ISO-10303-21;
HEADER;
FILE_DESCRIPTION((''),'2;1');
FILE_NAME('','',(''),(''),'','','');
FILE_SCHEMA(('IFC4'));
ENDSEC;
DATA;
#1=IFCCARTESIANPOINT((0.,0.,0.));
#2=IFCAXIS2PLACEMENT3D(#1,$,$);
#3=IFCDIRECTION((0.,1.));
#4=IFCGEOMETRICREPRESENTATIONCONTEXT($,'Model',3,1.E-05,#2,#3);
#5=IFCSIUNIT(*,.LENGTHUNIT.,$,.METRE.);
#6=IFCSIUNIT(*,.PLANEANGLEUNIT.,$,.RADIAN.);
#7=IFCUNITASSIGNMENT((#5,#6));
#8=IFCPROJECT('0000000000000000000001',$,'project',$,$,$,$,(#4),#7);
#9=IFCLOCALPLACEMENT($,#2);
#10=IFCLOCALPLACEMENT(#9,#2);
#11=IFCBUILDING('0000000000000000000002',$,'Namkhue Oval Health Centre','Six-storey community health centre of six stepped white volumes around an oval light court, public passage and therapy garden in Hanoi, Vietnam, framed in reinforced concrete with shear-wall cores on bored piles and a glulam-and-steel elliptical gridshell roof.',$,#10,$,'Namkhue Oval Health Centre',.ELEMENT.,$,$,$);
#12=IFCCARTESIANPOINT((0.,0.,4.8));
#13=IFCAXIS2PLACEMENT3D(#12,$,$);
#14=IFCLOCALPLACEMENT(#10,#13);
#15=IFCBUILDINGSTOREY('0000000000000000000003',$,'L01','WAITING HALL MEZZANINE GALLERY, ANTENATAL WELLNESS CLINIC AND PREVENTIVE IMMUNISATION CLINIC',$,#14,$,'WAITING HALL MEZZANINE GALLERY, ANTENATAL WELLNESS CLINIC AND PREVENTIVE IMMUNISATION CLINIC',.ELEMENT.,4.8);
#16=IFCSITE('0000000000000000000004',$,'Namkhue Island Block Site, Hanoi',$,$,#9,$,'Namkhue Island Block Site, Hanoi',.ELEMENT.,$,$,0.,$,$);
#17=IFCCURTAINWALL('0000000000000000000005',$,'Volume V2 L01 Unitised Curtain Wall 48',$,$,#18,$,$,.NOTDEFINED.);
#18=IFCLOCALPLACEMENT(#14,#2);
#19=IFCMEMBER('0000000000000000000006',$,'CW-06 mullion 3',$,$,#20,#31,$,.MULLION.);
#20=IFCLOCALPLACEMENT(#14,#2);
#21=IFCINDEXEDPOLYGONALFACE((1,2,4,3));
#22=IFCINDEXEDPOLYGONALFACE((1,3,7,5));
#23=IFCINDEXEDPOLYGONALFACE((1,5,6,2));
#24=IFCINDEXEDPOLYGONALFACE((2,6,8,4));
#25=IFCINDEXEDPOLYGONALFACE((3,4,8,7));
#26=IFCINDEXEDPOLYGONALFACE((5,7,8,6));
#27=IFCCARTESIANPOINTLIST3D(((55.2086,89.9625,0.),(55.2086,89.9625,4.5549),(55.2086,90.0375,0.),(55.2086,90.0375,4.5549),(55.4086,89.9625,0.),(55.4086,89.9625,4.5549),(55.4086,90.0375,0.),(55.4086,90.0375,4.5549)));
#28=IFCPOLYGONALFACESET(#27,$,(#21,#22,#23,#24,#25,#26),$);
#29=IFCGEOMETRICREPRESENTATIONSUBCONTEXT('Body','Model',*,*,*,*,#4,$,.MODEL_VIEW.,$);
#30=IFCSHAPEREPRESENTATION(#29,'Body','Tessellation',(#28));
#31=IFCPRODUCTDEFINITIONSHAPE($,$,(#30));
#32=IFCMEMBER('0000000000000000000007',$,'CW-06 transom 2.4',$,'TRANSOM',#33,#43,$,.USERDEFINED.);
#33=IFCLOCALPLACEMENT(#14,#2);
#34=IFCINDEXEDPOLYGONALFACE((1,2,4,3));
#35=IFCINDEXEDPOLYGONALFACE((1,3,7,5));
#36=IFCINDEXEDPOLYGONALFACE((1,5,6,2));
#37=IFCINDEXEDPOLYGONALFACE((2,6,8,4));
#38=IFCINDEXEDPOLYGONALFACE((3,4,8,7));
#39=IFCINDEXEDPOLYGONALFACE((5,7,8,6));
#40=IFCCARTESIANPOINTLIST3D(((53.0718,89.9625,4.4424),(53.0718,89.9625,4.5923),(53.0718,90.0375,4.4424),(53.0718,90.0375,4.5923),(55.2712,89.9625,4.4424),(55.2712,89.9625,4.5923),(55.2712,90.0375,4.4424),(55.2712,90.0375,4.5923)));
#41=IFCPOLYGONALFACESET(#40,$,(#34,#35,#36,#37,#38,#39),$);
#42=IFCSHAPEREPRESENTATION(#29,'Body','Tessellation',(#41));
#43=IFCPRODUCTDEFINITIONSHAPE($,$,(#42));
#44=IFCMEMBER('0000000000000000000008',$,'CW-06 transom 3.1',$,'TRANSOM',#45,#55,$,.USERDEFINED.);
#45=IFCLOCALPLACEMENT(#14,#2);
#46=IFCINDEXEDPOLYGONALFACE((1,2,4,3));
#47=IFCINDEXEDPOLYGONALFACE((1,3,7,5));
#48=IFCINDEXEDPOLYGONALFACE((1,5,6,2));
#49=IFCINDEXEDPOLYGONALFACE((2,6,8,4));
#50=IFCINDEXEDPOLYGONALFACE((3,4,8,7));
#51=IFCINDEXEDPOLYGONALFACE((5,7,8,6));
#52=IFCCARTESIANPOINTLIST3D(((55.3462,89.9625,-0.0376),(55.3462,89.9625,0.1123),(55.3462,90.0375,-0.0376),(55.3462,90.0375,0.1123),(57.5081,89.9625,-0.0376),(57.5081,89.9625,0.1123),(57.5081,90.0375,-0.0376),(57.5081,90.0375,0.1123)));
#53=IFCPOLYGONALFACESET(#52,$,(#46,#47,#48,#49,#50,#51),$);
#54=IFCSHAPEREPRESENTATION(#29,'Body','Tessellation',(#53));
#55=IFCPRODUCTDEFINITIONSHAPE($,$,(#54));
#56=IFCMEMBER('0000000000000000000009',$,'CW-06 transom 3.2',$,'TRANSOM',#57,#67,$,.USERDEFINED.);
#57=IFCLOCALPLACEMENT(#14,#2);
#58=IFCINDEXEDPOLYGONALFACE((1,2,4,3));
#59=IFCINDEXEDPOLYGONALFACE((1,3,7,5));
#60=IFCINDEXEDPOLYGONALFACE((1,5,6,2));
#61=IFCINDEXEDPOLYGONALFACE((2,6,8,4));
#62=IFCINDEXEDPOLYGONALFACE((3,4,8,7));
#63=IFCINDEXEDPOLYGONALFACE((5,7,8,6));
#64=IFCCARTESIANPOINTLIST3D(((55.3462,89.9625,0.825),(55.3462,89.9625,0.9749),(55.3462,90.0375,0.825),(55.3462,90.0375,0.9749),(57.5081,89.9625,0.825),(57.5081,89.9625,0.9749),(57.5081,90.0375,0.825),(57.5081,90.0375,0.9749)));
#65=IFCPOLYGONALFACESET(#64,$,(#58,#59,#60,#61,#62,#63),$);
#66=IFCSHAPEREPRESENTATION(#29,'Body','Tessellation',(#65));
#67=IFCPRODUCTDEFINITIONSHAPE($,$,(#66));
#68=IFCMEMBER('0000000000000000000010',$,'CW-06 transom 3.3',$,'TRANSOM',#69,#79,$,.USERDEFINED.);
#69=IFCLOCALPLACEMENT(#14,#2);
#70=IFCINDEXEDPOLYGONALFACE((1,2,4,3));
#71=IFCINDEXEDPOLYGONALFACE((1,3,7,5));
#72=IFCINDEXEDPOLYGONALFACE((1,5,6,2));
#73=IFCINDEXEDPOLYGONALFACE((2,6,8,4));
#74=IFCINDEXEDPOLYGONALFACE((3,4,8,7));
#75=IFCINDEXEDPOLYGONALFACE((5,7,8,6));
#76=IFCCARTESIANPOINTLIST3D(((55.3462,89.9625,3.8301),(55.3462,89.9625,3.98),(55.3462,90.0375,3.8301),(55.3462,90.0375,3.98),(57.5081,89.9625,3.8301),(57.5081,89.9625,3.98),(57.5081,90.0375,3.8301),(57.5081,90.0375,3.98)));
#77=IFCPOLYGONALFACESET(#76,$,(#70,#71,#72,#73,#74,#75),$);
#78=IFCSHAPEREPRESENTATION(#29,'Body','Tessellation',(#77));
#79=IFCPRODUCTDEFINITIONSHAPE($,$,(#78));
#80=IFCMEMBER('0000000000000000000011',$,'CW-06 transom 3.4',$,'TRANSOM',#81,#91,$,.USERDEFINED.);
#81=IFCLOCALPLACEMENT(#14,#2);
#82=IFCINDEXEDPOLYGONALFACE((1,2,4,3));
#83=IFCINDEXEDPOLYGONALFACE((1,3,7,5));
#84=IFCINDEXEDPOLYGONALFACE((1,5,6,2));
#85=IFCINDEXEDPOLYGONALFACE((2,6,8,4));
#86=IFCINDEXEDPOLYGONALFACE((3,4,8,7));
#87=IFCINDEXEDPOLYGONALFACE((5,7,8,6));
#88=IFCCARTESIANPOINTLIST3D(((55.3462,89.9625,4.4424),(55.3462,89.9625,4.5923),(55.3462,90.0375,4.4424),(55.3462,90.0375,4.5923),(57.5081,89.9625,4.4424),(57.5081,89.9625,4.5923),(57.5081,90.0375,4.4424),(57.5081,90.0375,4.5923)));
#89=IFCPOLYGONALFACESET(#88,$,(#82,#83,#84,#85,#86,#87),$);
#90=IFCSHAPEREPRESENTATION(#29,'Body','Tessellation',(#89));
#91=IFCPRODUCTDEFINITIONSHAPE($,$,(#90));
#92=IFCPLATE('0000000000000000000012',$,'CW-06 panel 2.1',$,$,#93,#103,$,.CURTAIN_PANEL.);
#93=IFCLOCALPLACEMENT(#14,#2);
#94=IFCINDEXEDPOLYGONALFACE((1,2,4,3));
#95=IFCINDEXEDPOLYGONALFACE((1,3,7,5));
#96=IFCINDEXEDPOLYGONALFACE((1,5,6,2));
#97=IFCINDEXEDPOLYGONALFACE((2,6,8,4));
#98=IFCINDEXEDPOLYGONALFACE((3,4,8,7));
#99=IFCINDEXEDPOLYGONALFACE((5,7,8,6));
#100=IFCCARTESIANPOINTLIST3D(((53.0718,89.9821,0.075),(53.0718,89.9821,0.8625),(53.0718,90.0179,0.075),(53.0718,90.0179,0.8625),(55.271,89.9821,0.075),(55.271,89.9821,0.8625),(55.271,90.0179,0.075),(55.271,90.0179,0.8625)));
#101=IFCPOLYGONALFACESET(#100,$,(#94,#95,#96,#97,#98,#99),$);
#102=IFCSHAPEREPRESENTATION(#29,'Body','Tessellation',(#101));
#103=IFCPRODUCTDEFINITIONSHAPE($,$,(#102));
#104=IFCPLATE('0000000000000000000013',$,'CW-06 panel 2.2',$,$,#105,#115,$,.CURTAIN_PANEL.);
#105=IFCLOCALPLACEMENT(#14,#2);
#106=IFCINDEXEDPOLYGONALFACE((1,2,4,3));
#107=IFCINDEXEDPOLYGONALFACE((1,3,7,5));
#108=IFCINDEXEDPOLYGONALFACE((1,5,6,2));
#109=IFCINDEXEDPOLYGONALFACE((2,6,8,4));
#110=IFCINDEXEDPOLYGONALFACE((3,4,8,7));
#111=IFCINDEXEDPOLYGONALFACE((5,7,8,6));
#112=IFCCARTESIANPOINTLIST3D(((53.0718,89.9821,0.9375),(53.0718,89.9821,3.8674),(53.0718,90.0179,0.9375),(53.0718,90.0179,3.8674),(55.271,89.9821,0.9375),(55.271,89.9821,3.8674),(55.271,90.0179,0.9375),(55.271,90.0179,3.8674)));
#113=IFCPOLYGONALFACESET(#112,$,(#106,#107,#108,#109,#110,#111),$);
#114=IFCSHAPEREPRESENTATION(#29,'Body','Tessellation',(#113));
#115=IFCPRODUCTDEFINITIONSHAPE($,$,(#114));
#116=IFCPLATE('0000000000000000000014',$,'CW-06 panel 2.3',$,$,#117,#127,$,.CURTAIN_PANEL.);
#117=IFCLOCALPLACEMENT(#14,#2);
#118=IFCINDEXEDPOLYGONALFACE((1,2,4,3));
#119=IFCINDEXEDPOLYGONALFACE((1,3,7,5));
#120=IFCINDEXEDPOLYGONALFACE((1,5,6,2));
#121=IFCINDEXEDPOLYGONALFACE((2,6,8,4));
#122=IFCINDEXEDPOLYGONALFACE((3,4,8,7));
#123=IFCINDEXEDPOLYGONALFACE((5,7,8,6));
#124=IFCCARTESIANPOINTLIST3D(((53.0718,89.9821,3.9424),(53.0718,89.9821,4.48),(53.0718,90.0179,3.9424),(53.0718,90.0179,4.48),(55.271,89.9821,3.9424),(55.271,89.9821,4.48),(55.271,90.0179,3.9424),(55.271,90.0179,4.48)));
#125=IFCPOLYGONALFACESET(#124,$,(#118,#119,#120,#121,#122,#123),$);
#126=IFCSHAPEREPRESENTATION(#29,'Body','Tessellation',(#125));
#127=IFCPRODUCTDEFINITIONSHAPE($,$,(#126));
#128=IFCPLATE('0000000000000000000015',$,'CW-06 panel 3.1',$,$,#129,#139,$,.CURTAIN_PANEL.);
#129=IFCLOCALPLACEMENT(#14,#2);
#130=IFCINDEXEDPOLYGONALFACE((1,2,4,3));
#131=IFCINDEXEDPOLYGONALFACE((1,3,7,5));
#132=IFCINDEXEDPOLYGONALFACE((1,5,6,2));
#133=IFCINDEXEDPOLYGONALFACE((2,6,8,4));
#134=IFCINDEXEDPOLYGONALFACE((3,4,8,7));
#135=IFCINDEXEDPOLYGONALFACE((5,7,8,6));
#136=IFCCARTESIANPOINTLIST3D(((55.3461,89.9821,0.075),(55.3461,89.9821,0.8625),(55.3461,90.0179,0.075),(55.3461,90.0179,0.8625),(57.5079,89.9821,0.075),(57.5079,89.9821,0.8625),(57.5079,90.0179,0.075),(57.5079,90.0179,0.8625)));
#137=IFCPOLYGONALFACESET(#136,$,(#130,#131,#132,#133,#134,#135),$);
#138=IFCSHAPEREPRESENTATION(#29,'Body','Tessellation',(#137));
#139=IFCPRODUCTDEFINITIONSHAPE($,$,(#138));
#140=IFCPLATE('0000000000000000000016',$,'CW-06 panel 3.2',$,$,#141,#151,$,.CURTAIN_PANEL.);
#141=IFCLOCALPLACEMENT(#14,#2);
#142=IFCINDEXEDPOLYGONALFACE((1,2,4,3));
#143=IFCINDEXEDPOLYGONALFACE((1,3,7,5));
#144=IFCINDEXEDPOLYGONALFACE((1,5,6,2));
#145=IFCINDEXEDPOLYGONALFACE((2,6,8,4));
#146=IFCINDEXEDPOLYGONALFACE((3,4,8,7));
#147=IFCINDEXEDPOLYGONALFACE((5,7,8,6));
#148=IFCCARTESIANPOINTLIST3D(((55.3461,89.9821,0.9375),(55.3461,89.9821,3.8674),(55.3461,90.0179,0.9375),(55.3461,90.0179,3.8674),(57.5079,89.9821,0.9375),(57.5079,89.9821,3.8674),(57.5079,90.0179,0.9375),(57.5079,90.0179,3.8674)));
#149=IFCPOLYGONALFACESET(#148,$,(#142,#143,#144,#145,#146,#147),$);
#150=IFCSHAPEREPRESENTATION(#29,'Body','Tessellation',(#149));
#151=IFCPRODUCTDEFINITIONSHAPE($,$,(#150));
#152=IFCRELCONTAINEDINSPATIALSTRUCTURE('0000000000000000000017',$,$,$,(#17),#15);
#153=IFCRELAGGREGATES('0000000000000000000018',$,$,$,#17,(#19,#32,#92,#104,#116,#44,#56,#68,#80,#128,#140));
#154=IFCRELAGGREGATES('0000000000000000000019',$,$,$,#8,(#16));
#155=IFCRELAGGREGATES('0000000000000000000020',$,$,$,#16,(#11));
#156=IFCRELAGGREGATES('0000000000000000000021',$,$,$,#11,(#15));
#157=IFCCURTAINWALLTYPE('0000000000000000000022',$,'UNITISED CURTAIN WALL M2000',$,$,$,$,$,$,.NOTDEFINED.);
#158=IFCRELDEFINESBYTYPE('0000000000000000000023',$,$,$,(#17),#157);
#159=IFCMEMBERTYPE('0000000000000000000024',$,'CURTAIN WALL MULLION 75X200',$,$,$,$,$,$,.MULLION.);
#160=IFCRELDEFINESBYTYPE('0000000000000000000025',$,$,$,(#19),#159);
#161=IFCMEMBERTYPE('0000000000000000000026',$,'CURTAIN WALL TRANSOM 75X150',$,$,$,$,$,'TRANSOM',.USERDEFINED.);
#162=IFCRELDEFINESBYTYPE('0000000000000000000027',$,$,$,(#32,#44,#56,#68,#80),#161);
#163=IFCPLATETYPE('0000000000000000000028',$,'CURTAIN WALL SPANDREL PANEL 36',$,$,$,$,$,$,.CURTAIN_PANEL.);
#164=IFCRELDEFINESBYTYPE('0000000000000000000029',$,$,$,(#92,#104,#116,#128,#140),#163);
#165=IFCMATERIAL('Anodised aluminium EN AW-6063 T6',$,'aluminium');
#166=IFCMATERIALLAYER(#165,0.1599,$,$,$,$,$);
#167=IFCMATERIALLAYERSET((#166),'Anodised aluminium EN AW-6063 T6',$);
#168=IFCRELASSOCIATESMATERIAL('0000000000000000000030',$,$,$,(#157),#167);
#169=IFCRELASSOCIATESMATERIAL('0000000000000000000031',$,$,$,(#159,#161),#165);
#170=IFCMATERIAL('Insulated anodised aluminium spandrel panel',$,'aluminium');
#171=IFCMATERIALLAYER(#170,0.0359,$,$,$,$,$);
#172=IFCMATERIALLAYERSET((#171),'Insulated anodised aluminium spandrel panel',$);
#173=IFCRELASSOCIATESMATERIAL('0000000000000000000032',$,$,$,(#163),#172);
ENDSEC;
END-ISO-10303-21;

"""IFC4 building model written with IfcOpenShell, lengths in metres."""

from ifc_helpers import new_model, si_unit, direction, frame, origin, origin_2d, place, context, subcontext, project, spatial, rectangle, extrude, material, layer, layer_set, material_profile, profile_set, type_object, element, aggregate, save


model = new_model("IFC4")

# Units and contexts
model_context = context("Model", 3, precision=1e-05, world=origin(), true_north=direction((0.0, 1.0)))
body_context = subcontext(model_context, "Body", "Model", "MODEL_VIEW")
ifc_project = project(units=[si_unit("LENGTHUNIT", "METRE"), si_unit("PLANEANGLEUNIT", "RADIAN")], contexts=[model_context])

# Site, building, storey
site_placement = place(None, origin())
site = spatial("IfcSite", under=ifc_project, at=site_placement, Name="Namkhue Island Block Site, Hanoi", LongName="Namkhue Island Block Site, Hanoi", CompositionType="ELEMENT", RefElevation=0.0)
building_placement = place(site_placement, origin())
building = spatial("IfcBuilding", under=site, at=building_placement, Name="Namkhue Oval Health Centre", Description="Six-storey community health centre of six stepped white volumes around an oval light court, public passage and therapy garden in Hanoi, Vietnam, framed in reinforced concrete with shear-wall cores on bored piles and a glulam-and-steel elliptical gridshell roof.", LongName="Namkhue Oval Health Centre", CompositionType="ELEMENT")
storey_placement = place(building_placement, frame((0.0, 0.0, 4.8)))
storey = spatial("IfcBuildingStorey", under=building, at=storey_placement, Name="L01", Description="WAITING HALL MEZZANINE GALLERY, ANTENATAL WELLNESS CLINIC AND PREVENTIVE IMMUNISATION CLINIC", LongName="WAITING HALL MEZZANINE GALLERY, ANTENATAL WELLNESS CLINIC AND PREVENTIVE IMMUNISATION CLINIC", CompositionType="ELEMENT", Elevation=4.8)

# Curtain wall, members, plates
ifc_material_1 = material(Name="Anodised aluminium EN AW-6063 T6", Category="aluminium")
ifc_layer_1 = layer(ifc_material_1, 0.1599)
ifc_layer_set_1 = layer_set([ifc_layer_1], Name="Anodised aluminium EN AW-6063 T6")
curtain_wall_type = type_object("IfcCurtainWallType", Name="UNITISED CURTAIN WALL M2000", PredefinedType="NOTDEFINED", material=ifc_layer_set_1)
curtain_wall_placement = place(storey_placement, origin())
curtain_wall = element("IfcCurtainWall", 1, at=curtain_wall_placement, inside=storey, type_object=curtain_wall_type, Name="Volume V2 L01 Unitised Curtain Wall 48", PredefinedType="NOTDEFINED")
ifc_material_profile_1 = material_profile(ifc_material_1, rectangle(XDim=0.075, YDim=0.2, at=origin_2d()), Name="ALU 75x200")
ifc_profile_set_1 = profile_set([ifc_material_profile_1], Name="Anodised aluminium EN AW-6063 T6")
member_type_1 = type_object("IfcMemberType", Name="CURTAIN WALL MULLION 75X200", PredefinedType="MULLION", material=ifc_profile_set_1)
member_1_placement = place(storey_placement, frame((55.3086, 90.0, 0.0), z_axis=(0.0, 0.0, 1.0), x_axis=(0.0, 1.0, 0.0)))
member_1 = element("IfcMember", 2, at=member_1_placement, type_object=member_type_1, Name="CW-06 mullion 3", PredefinedType="MULLION", context=body_context, shape_type="SweptSolid", body=[
    extrude(rectangle(XDim=0.075, YDim=0.2, at=origin_2d()), origin(), (0.0, 0.0, 1.0), 4.5549),
])
ifc_material_profile_2 = material_profile(ifc_material_1, rectangle(XDim=0.075, YDim=0.1499, at=origin_2d()), Name="ALU 75x150")
ifc_profile_set_2 = profile_set([ifc_material_profile_2], Name="Anodised aluminium EN AW-6063 T6")
member_type_2 = type_object("IfcMemberType", Name="CURTAIN WALL TRANSOM 75X150", ElementType="TRANSOM", PredefinedType="USERDEFINED", material=ifc_profile_set_2)
member_2_placement = place(storey_placement, frame((53.0718, 90.0, 4.5173), z_axis=(1.0, 0.0, 0.0), x_axis=(0.0, 1.0, 0.0)))
member_2 = element("IfcMember", 3, at=member_2_placement, type_object=member_type_2, Name="CW-06 transom 2.4", ObjectType="TRANSOM", PredefinedType="USERDEFINED", context=body_context, shape_type="SweptSolid", body=[
    extrude(rectangle(XDim=0.075, YDim=0.1499, at=origin_2d()), origin(), (0.0, 0.0, 1.0), 2.1995),
])
member_3_placement = place(storey_placement, frame((55.3462, 90.0, 0.0374), z_axis=(1.0, 0.0, 0.0), x_axis=(0.0, 1.0, 0.0)))
member_3 = element("IfcMember", 4, at=member_3_placement, type_object=member_type_2, Name="CW-06 transom 3.1", ObjectType="TRANSOM", PredefinedType="USERDEFINED", context=body_context, shape_type="SweptSolid", body=[
    extrude(rectangle(XDim=0.075, YDim=0.1499, at=origin_2d()), origin(), (0.0, 0.0, 1.0), 2.1619),
])
member_4_placement = place(storey_placement, frame((55.3462, 90.0, 0.8999), z_axis=(1.0, 0.0, 0.0), x_axis=(0.0, 1.0, 0.0)))
member_4 = element("IfcMember", 5, at=member_4_placement, type_object=member_type_2, Name="CW-06 transom 3.2", ObjectType="TRANSOM", PredefinedType="USERDEFINED", context=body_context, shape_type="SweptSolid", body=[
    extrude(rectangle(XDim=0.075, YDim=0.1499, at=origin_2d()), origin(), (0.0, 0.0, 1.0), 2.1619),
])
member_5_placement = place(storey_placement, frame((55.3462, 90.0, 3.905), z_axis=(1.0, 0.0, 0.0), x_axis=(0.0, 1.0, 0.0)))
member_5 = element("IfcMember", 6, at=member_5_placement, type_object=member_type_2, Name="CW-06 transom 3.3", ObjectType="TRANSOM", PredefinedType="USERDEFINED", context=body_context, shape_type="SweptSolid", body=[
    extrude(rectangle(XDim=0.075, YDim=0.1499, at=origin_2d()), origin(), (0.0, 0.0, 1.0), 2.1619),
])
member_6_placement = place(storey_placement, frame((55.3462, 90.0, 4.5173), z_axis=(1.0, 0.0, 0.0), x_axis=(0.0, 1.0, 0.0)))
member_6 = element("IfcMember", 7, at=member_6_placement, type_object=member_type_2, Name="CW-06 transom 3.4", ObjectType="TRANSOM", PredefinedType="USERDEFINED", context=body_context, shape_type="SweptSolid", body=[
    extrude(rectangle(XDim=0.075, YDim=0.1499, at=origin_2d()), origin(), (0.0, 0.0, 1.0), 2.1619),
])
ifc_material_2 = material(Name="Insulated anodised aluminium spandrel panel", Category="aluminium")
ifc_layer_2 = layer(ifc_material_2, 0.0359)
ifc_layer_set_2 = layer_set([ifc_layer_2], Name="Insulated anodised aluminium spandrel panel")
plate_type = type_object("IfcPlateType", Name="CURTAIN WALL SPANDREL PANEL 36", PredefinedType="CURTAIN_PANEL", material=ifc_layer_set_2)
plate_1_placement = place(storey_placement, frame((54.1714, 90.0, 0.075), z_axis=(0.0, 0.0, 1.0), x_axis=(1.0, 0.0, 0.0)))
plate_1 = element("IfcPlate", 8, at=plate_1_placement, type_object=plate_type, Name="CW-06 panel 2.1", PredefinedType="CURTAIN_PANEL", context=body_context, shape_type="SweptSolid", body=[
    extrude(rectangle(XDim=2.1992, YDim=0.0359, at=origin_2d()), origin(), (0.0, 0.0, 1.0), 0.7876),
])
plate_2_placement = place(storey_placement, frame((54.1714, 90.0, 0.9375), z_axis=(0.0, 0.0, 1.0), x_axis=(1.0, 0.0, 0.0)))
plate_2 = element("IfcPlate", 9, at=plate_2_placement, type_object=plate_type, Name="CW-06 panel 2.2", PredefinedType="CURTAIN_PANEL", context=body_context, shape_type="SweptSolid", body=[
    extrude(rectangle(XDim=2.1992, YDim=0.0359, at=origin_2d()), origin(), (0.0, 0.0, 1.0), 2.9299),
])
plate_3_placement = place(storey_placement, frame((54.1714, 90.0, 3.9424), z_axis=(0.0, 0.0, 1.0), x_axis=(1.0, 0.0, 0.0)))
plate_3 = element("IfcPlate", 10, at=plate_3_placement, type_object=plate_type, Name="CW-06 panel 2.3", PredefinedType="CURTAIN_PANEL", context=body_context, shape_type="SweptSolid", body=[
    extrude(rectangle(XDim=2.1992, YDim=0.0359, at=origin_2d()), origin(), (0.0, 0.0, 1.0), 0.5376),
])
plate_4_placement = place(storey_placement, frame((56.427, 90.0, 0.075), z_axis=(0.0, 0.0, 1.0), x_axis=(1.0, 0.0, 0.0)))
plate_4 = element("IfcPlate", 11, at=plate_4_placement, type_object=plate_type, Name="CW-06 panel 3.1", PredefinedType="CURTAIN_PANEL", context=body_context, shape_type="SweptSolid", body=[
    extrude(rectangle(XDim=2.1619, YDim=0.0359, at=origin_2d()), origin(), (0.0, 0.0, 1.0), 0.7876),
])
plate_5_placement = place(storey_placement, frame((56.427, 90.0, 0.9375), z_axis=(0.0, 0.0, 1.0), x_axis=(1.0, 0.0, 0.0)))
plate_5 = element("IfcPlate", 12, at=plate_5_placement, type_object=plate_type, Name="CW-06 panel 3.2", PredefinedType="CURTAIN_PANEL", context=body_context, shape_type="SweptSolid", body=[
    extrude(rectangle(XDim=2.1619, YDim=0.0359, at=origin_2d()), origin(), (0.0, 0.0, 1.0), 2.9299),
])
aggregate(curtain_wall, [member_1, member_2, plate_1, plate_2, plate_3, member_3, member_4, member_5, member_6, plate_4, plate_5])

save(model, "model.ifc")
